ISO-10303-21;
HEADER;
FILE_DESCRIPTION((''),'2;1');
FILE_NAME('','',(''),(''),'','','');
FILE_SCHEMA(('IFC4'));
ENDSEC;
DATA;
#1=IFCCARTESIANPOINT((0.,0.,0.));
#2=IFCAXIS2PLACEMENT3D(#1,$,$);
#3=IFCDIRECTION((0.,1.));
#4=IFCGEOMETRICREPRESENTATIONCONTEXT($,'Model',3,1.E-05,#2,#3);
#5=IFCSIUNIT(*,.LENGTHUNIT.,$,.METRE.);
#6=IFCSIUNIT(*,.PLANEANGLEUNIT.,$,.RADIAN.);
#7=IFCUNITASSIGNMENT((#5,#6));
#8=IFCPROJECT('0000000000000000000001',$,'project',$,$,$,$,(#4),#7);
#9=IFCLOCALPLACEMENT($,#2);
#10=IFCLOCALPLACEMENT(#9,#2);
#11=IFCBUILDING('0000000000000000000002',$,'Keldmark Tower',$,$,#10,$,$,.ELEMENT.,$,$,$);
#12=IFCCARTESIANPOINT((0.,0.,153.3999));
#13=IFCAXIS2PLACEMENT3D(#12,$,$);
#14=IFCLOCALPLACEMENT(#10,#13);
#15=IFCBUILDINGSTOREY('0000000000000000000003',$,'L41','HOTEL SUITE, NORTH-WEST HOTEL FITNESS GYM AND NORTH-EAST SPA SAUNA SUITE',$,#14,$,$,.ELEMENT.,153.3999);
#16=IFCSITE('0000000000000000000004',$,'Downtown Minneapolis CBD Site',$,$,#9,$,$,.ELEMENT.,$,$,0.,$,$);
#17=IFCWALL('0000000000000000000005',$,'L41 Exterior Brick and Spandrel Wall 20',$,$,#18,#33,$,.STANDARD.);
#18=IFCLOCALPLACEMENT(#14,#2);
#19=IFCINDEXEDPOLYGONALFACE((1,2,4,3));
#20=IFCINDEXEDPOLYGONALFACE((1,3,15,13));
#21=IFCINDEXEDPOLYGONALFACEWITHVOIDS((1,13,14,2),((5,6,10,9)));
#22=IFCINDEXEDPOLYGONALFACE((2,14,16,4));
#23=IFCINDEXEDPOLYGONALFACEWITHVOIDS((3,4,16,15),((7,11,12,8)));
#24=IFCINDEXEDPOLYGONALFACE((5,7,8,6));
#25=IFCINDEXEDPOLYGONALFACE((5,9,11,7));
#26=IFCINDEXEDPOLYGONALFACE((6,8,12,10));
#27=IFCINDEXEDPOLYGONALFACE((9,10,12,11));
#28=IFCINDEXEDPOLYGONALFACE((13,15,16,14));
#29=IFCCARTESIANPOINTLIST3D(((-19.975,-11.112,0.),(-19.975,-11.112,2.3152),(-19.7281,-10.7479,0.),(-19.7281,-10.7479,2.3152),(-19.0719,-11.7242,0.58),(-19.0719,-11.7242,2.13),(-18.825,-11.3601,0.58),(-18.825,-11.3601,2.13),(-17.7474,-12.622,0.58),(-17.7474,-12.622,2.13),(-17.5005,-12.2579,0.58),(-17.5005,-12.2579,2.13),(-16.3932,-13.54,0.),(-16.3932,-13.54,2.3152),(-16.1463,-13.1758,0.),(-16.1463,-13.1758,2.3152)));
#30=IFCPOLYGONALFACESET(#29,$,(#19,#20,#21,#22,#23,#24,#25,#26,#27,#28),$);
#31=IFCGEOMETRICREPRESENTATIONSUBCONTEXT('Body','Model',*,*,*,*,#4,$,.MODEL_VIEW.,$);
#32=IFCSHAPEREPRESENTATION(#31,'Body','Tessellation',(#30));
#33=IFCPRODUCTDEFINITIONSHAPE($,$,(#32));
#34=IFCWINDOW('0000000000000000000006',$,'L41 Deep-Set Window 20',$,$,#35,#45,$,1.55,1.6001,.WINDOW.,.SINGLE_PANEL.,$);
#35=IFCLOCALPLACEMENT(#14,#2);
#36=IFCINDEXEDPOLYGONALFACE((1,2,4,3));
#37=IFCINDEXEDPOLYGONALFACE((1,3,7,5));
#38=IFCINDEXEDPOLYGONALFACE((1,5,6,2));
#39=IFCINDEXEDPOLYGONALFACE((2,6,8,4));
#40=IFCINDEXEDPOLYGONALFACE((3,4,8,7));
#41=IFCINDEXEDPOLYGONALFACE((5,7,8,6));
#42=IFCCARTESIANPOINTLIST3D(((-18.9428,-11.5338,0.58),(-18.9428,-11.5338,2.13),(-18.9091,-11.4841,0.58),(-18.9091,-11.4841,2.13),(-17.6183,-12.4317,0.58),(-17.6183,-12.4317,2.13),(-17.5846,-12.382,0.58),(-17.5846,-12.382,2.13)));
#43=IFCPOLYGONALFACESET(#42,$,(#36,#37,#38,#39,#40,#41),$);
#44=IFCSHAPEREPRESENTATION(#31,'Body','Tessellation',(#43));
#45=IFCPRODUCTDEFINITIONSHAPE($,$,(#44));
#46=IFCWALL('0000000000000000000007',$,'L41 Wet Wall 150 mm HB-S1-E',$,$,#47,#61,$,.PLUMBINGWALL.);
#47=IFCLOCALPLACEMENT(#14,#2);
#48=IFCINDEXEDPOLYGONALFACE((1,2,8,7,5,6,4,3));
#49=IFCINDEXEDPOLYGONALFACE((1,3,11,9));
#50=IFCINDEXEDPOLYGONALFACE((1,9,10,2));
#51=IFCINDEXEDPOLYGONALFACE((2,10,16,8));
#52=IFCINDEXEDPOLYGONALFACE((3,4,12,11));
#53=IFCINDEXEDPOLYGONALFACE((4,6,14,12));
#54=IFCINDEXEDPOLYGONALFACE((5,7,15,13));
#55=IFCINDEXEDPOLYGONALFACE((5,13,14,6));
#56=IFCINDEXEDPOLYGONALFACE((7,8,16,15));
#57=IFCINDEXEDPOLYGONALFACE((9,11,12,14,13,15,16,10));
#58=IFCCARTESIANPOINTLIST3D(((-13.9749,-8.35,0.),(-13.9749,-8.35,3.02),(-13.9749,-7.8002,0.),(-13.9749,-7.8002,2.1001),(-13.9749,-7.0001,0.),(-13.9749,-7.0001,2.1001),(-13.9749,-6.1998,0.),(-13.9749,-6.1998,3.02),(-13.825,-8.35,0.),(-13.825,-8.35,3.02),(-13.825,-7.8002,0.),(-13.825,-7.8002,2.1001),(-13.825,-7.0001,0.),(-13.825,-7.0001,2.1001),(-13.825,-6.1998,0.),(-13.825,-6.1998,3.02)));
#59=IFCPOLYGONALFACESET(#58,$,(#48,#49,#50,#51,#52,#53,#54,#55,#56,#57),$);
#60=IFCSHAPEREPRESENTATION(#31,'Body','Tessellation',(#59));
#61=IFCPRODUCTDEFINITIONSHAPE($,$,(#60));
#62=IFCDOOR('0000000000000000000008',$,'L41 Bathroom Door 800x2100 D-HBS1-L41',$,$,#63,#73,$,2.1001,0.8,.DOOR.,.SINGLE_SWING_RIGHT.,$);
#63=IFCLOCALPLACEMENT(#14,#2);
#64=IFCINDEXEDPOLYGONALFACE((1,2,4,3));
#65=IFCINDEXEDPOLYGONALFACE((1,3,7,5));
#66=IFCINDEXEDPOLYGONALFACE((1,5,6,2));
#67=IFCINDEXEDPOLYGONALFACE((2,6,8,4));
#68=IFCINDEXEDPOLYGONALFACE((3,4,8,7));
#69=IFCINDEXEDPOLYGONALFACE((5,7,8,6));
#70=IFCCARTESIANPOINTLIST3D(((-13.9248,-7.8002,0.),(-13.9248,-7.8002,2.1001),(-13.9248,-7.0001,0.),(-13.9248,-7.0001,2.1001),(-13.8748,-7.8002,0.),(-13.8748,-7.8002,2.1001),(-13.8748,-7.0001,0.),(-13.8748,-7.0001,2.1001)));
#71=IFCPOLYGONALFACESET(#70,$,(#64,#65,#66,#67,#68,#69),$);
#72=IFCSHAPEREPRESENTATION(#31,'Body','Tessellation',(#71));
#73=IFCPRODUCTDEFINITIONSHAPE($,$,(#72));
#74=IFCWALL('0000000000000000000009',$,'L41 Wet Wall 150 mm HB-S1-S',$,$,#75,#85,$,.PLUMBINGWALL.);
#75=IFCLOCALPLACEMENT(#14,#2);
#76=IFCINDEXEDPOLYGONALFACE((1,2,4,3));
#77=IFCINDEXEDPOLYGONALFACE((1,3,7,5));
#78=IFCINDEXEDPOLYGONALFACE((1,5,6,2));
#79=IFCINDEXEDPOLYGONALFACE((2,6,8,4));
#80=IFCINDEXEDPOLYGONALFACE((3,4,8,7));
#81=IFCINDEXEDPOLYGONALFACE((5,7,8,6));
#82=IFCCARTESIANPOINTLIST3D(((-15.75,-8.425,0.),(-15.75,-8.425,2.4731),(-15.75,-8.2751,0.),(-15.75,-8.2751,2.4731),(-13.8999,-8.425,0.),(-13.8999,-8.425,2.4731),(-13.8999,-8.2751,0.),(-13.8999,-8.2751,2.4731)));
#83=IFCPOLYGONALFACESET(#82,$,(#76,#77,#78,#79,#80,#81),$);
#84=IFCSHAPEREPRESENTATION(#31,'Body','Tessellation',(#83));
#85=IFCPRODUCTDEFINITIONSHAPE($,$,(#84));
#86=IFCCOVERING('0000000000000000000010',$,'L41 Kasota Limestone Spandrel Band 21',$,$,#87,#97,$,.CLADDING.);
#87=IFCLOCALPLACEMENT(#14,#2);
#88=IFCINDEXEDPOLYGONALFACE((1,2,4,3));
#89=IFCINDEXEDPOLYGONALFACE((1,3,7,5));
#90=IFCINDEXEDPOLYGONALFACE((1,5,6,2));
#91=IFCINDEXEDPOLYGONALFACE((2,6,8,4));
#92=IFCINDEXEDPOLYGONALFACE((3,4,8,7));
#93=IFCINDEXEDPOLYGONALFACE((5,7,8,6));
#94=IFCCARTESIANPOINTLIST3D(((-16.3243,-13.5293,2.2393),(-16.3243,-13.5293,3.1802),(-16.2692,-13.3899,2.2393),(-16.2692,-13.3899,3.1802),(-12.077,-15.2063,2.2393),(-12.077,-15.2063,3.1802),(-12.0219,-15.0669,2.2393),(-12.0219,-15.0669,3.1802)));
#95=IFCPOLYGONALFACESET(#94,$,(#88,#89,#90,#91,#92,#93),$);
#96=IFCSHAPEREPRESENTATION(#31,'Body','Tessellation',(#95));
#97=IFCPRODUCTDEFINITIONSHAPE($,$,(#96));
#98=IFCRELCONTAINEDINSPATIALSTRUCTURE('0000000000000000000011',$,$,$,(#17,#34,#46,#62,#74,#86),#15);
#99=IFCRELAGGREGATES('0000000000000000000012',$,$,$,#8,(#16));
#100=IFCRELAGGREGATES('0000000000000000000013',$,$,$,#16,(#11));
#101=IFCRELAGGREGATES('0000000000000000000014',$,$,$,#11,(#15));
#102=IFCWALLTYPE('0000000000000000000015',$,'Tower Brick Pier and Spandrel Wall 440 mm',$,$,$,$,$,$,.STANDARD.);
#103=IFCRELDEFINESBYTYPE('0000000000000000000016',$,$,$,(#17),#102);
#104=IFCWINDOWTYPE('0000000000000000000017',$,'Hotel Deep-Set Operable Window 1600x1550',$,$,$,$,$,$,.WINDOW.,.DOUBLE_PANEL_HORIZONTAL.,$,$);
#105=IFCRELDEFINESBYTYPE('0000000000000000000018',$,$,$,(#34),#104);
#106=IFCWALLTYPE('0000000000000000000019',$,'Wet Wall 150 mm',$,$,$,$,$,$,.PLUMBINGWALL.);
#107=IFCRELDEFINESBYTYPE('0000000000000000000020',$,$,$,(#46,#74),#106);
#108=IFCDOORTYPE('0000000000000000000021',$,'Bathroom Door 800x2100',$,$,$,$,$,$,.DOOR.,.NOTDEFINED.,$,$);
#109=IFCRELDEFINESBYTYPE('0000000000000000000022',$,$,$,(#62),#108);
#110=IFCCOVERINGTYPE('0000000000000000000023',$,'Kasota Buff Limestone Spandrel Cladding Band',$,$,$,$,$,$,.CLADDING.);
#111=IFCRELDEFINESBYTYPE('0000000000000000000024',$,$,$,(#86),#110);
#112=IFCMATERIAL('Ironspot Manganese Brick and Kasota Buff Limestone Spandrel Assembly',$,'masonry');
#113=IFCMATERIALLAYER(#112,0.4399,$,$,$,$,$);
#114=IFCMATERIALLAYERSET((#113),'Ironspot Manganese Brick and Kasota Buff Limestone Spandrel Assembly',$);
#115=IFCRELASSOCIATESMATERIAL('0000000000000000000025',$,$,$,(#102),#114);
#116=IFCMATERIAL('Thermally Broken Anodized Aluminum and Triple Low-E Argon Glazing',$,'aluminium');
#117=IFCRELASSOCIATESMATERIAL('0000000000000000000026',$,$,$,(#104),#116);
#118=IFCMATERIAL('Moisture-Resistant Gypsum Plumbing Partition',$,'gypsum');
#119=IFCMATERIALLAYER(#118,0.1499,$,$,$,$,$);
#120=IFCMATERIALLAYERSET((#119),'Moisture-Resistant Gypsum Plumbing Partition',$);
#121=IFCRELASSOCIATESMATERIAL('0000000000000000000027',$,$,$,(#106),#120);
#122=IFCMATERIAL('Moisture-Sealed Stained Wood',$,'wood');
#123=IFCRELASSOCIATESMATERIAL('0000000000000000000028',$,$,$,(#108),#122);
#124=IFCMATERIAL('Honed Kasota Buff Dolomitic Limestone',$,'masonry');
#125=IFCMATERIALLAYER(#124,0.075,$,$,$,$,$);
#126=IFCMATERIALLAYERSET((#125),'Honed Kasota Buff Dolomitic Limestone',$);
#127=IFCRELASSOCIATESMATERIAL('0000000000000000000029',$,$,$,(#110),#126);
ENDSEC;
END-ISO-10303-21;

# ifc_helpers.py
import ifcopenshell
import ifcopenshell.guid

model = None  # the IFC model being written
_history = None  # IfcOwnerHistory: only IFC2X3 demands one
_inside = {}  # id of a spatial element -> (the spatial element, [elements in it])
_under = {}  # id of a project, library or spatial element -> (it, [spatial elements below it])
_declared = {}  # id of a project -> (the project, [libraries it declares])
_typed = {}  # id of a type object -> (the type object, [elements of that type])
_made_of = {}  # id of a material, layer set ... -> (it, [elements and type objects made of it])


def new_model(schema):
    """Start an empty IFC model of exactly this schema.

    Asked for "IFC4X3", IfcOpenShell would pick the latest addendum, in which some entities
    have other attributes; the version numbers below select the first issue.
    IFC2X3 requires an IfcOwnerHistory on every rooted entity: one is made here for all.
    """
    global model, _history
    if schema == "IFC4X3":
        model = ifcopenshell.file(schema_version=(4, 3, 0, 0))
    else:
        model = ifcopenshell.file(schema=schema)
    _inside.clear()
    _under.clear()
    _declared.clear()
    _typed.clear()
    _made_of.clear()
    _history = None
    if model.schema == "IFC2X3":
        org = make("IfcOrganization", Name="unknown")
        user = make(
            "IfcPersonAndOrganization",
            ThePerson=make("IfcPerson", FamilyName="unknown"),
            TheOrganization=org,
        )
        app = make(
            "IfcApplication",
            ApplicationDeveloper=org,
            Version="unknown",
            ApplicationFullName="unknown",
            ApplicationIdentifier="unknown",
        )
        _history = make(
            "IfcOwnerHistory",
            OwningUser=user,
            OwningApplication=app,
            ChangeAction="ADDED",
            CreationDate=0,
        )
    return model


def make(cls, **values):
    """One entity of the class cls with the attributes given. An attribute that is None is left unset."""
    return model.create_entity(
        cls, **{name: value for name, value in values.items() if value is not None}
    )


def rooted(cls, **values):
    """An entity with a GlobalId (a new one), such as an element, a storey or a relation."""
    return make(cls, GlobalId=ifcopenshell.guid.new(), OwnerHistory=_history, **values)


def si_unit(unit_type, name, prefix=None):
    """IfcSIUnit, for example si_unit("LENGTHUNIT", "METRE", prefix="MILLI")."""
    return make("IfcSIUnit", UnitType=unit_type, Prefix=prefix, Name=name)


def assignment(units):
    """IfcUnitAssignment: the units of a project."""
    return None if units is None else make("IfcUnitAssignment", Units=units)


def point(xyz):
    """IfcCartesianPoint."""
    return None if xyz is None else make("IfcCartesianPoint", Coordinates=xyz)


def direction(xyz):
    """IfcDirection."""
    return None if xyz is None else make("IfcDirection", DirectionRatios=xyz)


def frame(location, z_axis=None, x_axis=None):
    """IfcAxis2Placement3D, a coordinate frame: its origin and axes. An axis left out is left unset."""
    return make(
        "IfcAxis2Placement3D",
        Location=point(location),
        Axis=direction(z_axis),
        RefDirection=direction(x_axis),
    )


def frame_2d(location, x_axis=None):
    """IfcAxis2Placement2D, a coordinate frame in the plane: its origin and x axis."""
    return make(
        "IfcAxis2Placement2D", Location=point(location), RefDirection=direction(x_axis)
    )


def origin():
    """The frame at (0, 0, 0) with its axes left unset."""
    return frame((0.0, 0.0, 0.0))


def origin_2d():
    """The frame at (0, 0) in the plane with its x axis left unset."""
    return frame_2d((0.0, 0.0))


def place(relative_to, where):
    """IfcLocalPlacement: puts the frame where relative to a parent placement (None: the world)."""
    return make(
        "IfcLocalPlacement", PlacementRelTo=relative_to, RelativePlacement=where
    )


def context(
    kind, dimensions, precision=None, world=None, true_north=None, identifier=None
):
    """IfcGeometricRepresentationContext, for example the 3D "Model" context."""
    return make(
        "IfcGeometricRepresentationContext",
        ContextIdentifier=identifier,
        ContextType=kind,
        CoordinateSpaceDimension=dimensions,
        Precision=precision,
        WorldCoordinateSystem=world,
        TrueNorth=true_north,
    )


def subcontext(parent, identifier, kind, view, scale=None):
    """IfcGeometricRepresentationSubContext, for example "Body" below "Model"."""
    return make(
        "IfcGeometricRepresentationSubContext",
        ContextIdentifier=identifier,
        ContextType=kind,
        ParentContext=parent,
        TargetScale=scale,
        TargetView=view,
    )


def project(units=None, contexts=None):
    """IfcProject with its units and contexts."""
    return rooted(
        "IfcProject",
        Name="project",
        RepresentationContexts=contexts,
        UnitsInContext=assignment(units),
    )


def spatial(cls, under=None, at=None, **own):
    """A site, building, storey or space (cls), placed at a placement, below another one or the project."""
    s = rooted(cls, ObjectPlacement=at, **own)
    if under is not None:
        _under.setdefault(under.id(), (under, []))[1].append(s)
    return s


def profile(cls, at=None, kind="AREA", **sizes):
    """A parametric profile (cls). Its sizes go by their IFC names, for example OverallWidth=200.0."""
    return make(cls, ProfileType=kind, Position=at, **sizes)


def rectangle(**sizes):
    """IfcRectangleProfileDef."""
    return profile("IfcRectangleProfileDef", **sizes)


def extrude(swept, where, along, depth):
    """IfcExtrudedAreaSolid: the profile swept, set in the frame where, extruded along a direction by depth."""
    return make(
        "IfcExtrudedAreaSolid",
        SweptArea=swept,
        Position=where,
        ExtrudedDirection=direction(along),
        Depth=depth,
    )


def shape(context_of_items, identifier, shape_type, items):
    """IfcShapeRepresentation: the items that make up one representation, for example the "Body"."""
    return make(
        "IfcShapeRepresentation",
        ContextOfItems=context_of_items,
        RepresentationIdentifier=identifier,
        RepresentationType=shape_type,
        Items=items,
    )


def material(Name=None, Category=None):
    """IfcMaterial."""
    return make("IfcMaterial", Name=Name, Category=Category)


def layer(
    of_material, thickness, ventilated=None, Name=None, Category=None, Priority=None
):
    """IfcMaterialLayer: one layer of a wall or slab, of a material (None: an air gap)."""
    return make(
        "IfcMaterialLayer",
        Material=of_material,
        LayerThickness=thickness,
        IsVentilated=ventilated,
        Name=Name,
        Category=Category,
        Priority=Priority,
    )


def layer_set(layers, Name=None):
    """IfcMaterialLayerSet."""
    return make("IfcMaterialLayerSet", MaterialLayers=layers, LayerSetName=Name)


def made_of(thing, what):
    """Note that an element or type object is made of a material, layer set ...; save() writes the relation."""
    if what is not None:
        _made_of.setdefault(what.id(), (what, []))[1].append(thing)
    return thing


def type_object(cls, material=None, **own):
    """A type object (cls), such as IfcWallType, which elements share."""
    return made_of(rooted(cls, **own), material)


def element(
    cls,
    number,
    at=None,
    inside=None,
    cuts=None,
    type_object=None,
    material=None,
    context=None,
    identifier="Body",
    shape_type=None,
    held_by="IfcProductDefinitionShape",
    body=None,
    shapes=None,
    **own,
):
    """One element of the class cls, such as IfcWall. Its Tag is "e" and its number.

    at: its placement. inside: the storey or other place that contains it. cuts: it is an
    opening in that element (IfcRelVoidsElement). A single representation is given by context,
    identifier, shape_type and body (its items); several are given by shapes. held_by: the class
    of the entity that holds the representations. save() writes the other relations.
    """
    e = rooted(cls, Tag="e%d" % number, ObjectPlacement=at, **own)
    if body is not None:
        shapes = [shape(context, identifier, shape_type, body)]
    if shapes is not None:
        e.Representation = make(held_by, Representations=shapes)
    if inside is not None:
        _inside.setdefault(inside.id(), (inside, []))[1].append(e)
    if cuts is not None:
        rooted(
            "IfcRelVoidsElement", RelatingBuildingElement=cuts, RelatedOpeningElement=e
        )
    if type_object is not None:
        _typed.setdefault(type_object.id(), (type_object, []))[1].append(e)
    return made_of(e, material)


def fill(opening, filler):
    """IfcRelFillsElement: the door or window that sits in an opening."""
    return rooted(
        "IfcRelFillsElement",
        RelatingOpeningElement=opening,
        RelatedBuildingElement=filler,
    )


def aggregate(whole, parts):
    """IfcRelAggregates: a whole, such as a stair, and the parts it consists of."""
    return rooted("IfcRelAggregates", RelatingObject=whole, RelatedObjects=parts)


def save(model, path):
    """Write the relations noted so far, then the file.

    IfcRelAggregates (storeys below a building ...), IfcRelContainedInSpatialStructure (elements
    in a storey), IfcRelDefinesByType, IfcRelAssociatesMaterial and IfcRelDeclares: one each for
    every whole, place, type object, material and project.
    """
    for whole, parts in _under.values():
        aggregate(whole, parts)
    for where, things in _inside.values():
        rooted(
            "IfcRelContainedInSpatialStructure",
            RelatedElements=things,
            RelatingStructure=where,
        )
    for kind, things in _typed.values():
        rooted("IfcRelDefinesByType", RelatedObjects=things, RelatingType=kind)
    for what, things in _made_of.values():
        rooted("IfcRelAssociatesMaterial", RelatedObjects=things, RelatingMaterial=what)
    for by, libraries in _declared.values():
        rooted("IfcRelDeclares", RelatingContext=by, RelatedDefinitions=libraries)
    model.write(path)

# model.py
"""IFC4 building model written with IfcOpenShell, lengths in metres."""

from ifc_helpers import new_model, si_unit, direction, frame, frame_2d, origin, origin_2d, place, context, subcontext, project, spatial, rectangle, extrude, material, layer, layer_set, type_object, element, fill, save


model = new_model("IFC4")

# Units and contexts
model_context = context("Model", 3, precision=1e-05, world=origin(), true_north=direction((0.0, 1.0)))
body_context = subcontext(model_context, "Body", "Model", "MODEL_VIEW")
ifc_project = project(units=[si_unit("LENGTHUNIT", "METRE"), si_unit("PLANEANGLEUNIT", "RADIAN")], contexts=[model_context])

# Site, building, storey
site_placement = place(None, origin())
site = spatial("IfcSite", under=ifc_project, at=site_placement, Name="Downtown Minneapolis CBD Site", CompositionType="ELEMENT", RefElevation=0.0)
building_placement = place(site_placement, origin())
building = spatial("IfcBuilding", under=site, at=building_placement, Name="Keldmark Tower", CompositionType="ELEMENT")
storey_placement = place(building_placement, frame((0.0, 0.0, 153.3999)))
storey = spatial("IfcBuildingStorey", under=building, at=storey_placement, Name="L41", Description="HOTEL SUITE, NORTH-WEST HOTEL FITNESS GYM AND NORTH-EAST SPA SAUNA SUITE", CompositionType="ELEMENT", Elevation=153.3999)

# Wall, opening, window
ifc_material_1 = material(Name="Ironspot Manganese Brick and Kasota Buff Limestone Spandrel Assembly", Category="masonry")
ifc_layer_1 = layer(ifc_material_1, 0.4399)
ifc_layer_set_1 = layer_set([ifc_layer_1], Name="Ironspot Manganese Brick and Kasota Buff Limestone Spandrel Assembly")
wall_type_1 = type_object("IfcWallType", Name="Tower Brick Pier and Spandrel Wall 440 mm", PredefinedType="STANDARD", material=ifc_layer_set_1)
wall_1_placement = place(storey_placement, frame((-16.2698, -13.3579, 0.0), z_axis=(0.0, 0.0, 1.0), x_axis=(-0.827746, 0.561103, 0.0)))
wall_1 = element("IfcWall", 1, at=wall_1_placement, inside=storey, type_object=wall_type_1, Name="L41 Exterior Brick and Spandrel Wall 20", PredefinedType="STANDARD", context=body_context, shape_type="SweptSolid", body=[
    extrude(rectangle(XDim=4.3271, YDim=0.4399, at=frame_2d((2.1636, 0.0))), origin(), (0.0, 0.0, 1.0), 2.3152),
])
opening_1_placement = place(wall_1_placement, frame((1.636, 0.0, 0.5801)))
opening_1 = element("IfcOpeningElement", 2, at=opening_1_placement, cuts=wall_1, PredefinedType="OPENING", context=body_context, shape_type="SweptSolid", body=[
    extrude(rectangle(XDim=1.6001, YDim=1.55, at=frame_2d((0.8, 0.7749))), frame((0.0, 0.23, 0.0), z_axis=(0.0, -1.0, 0.0), x_axis=(1.0, 0.0, 0.0)), (0.0, 0.0, 1.0), 0.46),
])
ifc_material_2 = material(Name="Thermally Broken Anodized Aluminum and Triple Low-E Argon Glazing", Category="aluminium")
window_type = type_object("IfcWindowType", Name="Hotel Deep-Set Operable Window 1600x1550", PartitioningType="DOUBLE_PANEL_HORIZONTAL", PredefinedType="WINDOW", material=ifc_material_2)
window_placement = place(opening_1_placement, origin())
window = element("IfcWindow", 3, at=window_placement, inside=storey, type_object=window_type, Name="L41 Deep-Set Window 20", OverallHeight=1.55, OverallWidth=1.6001, PartitioningType="SINGLE_PANEL", PredefinedType="WINDOW", context=body_context, shape_type="SweptSolid", body=[
    extrude(rectangle(XDim=1.6001, YDim=1.55, at=frame_2d((0.8, 0.7749))), frame((0.0, -0.01, 0.0), z_axis=(0.0, -1.0, 0.0), x_axis=(1.0, 0.0, 0.0)), (0.0, 0.0, 1.0), 0.0601),
])
fill(opening_1, window)

# Wall, opening, door
ifc_material_3 = material(Name="Moisture-Resistant Gypsum Plumbing Partition", Category="gypsum")
ifc_layer_2 = layer(ifc_material_3, 0.1499)
ifc_layer_set_2 = layer_set([ifc_layer_2], Name="Moisture-Resistant Gypsum Plumbing Partition")
wall_type_2 = type_object("IfcWallType", Name="Wet Wall 150 mm", PredefinedType="PLUMBINGWALL", material=ifc_layer_set_2)
wall_2_placement = place(storey_placement, frame((-13.8999, -8.3501, 0.0), z_axis=(0.0, 0.0, 1.0), x_axis=(0.0, 1.0, 0.0)))
wall_2 = element("IfcWall", 4, at=wall_2_placement, inside=storey, type_object=wall_type_2, Name="L41 Wet Wall 150 mm HB-S1-E", PredefinedType="PLUMBINGWALL", context=body_context, shape_type="SweptSolid", body=[
    extrude(rectangle(XDim=2.1501, YDim=0.1499, at=frame_2d((1.0752, 0.0))), origin(), (0.0, 0.0, 1.0), 3.02),
])
opening_2_placement = place(wall_2_placement, frame((0.55, 0.0, 0.0)))
opening_2 = element("IfcOpeningElement", 5, at=opening_2_placement, cuts=wall_2, PredefinedType="OPENING", context=body_context, shape_type="SweptSolid", body=[
    extrude(rectangle(XDim=0.8, YDim=2.1001, at=frame_2d((0.3999, 1.05))), frame((0.0, 0.085, 0.0), z_axis=(0.0, -1.0, 0.0), x_axis=(1.0, 0.0, 0.0)), (0.0, 0.0, 1.0), 0.1699),
])
ifc_material_4 = material(Name="Moisture-Sealed Stained Wood", Category="wood")
door_type_1 = type_object("IfcDoorType", Name="Bathroom Door 800x2100", OperationType="NOTDEFINED", PredefinedType="DOOR", material=ifc_material_4)
door_1_placement = place(opening_2_placement, origin())
door_1 = element("IfcDoor", 6, at=door_1_placement, inside=storey, type_object=door_type_1, Name="L41 Bathroom Door 800x2100 D-HBS1-L41", OperationType="SINGLE_SWING_RIGHT", OverallHeight=2.1001, OverallWidth=0.8, PredefinedType="DOOR", context=body_context, shape_type="SweptSolid", body=[
    extrude(rectangle(XDim=0.8, YDim=2.1001, at=frame_2d((0.3999, 1.05))), frame((0.0, 0.0249, 0.0), z_axis=(0.0, -1.0, 0.0), x_axis=(1.0, 0.0, 0.0)), (0.0, 0.0, 1.0), 0.05),
])
fill(opening_2, door_1)

# Wall
wall_3_placement = place(storey_placement, frame((-15.75, -8.3501, 0.0), z_axis=(0.0, 0.0, 1.0), x_axis=(1.0, 0.0, 0.0)))
element("IfcWall", 7, at=wall_3_placement, inside=storey, type_object=wall_type_2, Name="L41 Wet Wall 150 mm HB-S1-S", PredefinedType="PLUMBINGWALL", context=body_context, shape_type="SweptSolid", body=[
    extrude(rectangle(XDim=1.8501, YDim=0.1499, at=frame_2d((0.925, 0.0))), origin(), (0.0, 0.0, 1.0), 2.4731),
])

# Covering
ifc_material_5 = material(Name="Honed Kasota Buff Dolomitic Limestone", Category="masonry")
ifc_layer_3 = layer(ifc_material_5, 0.075)
ifc_layer_set_3 = layer_set([ifc_layer_3], Name="Honed Kasota Buff Dolomitic Limestone")
covering_type = type_object("IfcCoveringType", Name="Kasota Buff Limestone Spandrel Cladding Band", PredefinedType="CLADDING", material=ifc_layer_set_3)
covering_placement = place(storey_placement, frame((-14.1731, -14.2981, 2.2393), z_axis=(0.0, 0.0, 1.0), x_axis=(0.930123, -0.367248, 0.0)))
element("IfcCovering", 8, at=covering_placement, inside=storey, type_object=covering_type, Name="L41 Kasota Limestone Spandrel Band 21", PredefinedType="CLADDING", context=body_context, shape_type="SweptSolid", body=[
    extrude(rectangle(XDim=4.5664, YDim=0.1499, at=origin_2d()), origin(), (0.0, 0.0, 1.0), 0.9409),
])

save(model, "model.ifc")
